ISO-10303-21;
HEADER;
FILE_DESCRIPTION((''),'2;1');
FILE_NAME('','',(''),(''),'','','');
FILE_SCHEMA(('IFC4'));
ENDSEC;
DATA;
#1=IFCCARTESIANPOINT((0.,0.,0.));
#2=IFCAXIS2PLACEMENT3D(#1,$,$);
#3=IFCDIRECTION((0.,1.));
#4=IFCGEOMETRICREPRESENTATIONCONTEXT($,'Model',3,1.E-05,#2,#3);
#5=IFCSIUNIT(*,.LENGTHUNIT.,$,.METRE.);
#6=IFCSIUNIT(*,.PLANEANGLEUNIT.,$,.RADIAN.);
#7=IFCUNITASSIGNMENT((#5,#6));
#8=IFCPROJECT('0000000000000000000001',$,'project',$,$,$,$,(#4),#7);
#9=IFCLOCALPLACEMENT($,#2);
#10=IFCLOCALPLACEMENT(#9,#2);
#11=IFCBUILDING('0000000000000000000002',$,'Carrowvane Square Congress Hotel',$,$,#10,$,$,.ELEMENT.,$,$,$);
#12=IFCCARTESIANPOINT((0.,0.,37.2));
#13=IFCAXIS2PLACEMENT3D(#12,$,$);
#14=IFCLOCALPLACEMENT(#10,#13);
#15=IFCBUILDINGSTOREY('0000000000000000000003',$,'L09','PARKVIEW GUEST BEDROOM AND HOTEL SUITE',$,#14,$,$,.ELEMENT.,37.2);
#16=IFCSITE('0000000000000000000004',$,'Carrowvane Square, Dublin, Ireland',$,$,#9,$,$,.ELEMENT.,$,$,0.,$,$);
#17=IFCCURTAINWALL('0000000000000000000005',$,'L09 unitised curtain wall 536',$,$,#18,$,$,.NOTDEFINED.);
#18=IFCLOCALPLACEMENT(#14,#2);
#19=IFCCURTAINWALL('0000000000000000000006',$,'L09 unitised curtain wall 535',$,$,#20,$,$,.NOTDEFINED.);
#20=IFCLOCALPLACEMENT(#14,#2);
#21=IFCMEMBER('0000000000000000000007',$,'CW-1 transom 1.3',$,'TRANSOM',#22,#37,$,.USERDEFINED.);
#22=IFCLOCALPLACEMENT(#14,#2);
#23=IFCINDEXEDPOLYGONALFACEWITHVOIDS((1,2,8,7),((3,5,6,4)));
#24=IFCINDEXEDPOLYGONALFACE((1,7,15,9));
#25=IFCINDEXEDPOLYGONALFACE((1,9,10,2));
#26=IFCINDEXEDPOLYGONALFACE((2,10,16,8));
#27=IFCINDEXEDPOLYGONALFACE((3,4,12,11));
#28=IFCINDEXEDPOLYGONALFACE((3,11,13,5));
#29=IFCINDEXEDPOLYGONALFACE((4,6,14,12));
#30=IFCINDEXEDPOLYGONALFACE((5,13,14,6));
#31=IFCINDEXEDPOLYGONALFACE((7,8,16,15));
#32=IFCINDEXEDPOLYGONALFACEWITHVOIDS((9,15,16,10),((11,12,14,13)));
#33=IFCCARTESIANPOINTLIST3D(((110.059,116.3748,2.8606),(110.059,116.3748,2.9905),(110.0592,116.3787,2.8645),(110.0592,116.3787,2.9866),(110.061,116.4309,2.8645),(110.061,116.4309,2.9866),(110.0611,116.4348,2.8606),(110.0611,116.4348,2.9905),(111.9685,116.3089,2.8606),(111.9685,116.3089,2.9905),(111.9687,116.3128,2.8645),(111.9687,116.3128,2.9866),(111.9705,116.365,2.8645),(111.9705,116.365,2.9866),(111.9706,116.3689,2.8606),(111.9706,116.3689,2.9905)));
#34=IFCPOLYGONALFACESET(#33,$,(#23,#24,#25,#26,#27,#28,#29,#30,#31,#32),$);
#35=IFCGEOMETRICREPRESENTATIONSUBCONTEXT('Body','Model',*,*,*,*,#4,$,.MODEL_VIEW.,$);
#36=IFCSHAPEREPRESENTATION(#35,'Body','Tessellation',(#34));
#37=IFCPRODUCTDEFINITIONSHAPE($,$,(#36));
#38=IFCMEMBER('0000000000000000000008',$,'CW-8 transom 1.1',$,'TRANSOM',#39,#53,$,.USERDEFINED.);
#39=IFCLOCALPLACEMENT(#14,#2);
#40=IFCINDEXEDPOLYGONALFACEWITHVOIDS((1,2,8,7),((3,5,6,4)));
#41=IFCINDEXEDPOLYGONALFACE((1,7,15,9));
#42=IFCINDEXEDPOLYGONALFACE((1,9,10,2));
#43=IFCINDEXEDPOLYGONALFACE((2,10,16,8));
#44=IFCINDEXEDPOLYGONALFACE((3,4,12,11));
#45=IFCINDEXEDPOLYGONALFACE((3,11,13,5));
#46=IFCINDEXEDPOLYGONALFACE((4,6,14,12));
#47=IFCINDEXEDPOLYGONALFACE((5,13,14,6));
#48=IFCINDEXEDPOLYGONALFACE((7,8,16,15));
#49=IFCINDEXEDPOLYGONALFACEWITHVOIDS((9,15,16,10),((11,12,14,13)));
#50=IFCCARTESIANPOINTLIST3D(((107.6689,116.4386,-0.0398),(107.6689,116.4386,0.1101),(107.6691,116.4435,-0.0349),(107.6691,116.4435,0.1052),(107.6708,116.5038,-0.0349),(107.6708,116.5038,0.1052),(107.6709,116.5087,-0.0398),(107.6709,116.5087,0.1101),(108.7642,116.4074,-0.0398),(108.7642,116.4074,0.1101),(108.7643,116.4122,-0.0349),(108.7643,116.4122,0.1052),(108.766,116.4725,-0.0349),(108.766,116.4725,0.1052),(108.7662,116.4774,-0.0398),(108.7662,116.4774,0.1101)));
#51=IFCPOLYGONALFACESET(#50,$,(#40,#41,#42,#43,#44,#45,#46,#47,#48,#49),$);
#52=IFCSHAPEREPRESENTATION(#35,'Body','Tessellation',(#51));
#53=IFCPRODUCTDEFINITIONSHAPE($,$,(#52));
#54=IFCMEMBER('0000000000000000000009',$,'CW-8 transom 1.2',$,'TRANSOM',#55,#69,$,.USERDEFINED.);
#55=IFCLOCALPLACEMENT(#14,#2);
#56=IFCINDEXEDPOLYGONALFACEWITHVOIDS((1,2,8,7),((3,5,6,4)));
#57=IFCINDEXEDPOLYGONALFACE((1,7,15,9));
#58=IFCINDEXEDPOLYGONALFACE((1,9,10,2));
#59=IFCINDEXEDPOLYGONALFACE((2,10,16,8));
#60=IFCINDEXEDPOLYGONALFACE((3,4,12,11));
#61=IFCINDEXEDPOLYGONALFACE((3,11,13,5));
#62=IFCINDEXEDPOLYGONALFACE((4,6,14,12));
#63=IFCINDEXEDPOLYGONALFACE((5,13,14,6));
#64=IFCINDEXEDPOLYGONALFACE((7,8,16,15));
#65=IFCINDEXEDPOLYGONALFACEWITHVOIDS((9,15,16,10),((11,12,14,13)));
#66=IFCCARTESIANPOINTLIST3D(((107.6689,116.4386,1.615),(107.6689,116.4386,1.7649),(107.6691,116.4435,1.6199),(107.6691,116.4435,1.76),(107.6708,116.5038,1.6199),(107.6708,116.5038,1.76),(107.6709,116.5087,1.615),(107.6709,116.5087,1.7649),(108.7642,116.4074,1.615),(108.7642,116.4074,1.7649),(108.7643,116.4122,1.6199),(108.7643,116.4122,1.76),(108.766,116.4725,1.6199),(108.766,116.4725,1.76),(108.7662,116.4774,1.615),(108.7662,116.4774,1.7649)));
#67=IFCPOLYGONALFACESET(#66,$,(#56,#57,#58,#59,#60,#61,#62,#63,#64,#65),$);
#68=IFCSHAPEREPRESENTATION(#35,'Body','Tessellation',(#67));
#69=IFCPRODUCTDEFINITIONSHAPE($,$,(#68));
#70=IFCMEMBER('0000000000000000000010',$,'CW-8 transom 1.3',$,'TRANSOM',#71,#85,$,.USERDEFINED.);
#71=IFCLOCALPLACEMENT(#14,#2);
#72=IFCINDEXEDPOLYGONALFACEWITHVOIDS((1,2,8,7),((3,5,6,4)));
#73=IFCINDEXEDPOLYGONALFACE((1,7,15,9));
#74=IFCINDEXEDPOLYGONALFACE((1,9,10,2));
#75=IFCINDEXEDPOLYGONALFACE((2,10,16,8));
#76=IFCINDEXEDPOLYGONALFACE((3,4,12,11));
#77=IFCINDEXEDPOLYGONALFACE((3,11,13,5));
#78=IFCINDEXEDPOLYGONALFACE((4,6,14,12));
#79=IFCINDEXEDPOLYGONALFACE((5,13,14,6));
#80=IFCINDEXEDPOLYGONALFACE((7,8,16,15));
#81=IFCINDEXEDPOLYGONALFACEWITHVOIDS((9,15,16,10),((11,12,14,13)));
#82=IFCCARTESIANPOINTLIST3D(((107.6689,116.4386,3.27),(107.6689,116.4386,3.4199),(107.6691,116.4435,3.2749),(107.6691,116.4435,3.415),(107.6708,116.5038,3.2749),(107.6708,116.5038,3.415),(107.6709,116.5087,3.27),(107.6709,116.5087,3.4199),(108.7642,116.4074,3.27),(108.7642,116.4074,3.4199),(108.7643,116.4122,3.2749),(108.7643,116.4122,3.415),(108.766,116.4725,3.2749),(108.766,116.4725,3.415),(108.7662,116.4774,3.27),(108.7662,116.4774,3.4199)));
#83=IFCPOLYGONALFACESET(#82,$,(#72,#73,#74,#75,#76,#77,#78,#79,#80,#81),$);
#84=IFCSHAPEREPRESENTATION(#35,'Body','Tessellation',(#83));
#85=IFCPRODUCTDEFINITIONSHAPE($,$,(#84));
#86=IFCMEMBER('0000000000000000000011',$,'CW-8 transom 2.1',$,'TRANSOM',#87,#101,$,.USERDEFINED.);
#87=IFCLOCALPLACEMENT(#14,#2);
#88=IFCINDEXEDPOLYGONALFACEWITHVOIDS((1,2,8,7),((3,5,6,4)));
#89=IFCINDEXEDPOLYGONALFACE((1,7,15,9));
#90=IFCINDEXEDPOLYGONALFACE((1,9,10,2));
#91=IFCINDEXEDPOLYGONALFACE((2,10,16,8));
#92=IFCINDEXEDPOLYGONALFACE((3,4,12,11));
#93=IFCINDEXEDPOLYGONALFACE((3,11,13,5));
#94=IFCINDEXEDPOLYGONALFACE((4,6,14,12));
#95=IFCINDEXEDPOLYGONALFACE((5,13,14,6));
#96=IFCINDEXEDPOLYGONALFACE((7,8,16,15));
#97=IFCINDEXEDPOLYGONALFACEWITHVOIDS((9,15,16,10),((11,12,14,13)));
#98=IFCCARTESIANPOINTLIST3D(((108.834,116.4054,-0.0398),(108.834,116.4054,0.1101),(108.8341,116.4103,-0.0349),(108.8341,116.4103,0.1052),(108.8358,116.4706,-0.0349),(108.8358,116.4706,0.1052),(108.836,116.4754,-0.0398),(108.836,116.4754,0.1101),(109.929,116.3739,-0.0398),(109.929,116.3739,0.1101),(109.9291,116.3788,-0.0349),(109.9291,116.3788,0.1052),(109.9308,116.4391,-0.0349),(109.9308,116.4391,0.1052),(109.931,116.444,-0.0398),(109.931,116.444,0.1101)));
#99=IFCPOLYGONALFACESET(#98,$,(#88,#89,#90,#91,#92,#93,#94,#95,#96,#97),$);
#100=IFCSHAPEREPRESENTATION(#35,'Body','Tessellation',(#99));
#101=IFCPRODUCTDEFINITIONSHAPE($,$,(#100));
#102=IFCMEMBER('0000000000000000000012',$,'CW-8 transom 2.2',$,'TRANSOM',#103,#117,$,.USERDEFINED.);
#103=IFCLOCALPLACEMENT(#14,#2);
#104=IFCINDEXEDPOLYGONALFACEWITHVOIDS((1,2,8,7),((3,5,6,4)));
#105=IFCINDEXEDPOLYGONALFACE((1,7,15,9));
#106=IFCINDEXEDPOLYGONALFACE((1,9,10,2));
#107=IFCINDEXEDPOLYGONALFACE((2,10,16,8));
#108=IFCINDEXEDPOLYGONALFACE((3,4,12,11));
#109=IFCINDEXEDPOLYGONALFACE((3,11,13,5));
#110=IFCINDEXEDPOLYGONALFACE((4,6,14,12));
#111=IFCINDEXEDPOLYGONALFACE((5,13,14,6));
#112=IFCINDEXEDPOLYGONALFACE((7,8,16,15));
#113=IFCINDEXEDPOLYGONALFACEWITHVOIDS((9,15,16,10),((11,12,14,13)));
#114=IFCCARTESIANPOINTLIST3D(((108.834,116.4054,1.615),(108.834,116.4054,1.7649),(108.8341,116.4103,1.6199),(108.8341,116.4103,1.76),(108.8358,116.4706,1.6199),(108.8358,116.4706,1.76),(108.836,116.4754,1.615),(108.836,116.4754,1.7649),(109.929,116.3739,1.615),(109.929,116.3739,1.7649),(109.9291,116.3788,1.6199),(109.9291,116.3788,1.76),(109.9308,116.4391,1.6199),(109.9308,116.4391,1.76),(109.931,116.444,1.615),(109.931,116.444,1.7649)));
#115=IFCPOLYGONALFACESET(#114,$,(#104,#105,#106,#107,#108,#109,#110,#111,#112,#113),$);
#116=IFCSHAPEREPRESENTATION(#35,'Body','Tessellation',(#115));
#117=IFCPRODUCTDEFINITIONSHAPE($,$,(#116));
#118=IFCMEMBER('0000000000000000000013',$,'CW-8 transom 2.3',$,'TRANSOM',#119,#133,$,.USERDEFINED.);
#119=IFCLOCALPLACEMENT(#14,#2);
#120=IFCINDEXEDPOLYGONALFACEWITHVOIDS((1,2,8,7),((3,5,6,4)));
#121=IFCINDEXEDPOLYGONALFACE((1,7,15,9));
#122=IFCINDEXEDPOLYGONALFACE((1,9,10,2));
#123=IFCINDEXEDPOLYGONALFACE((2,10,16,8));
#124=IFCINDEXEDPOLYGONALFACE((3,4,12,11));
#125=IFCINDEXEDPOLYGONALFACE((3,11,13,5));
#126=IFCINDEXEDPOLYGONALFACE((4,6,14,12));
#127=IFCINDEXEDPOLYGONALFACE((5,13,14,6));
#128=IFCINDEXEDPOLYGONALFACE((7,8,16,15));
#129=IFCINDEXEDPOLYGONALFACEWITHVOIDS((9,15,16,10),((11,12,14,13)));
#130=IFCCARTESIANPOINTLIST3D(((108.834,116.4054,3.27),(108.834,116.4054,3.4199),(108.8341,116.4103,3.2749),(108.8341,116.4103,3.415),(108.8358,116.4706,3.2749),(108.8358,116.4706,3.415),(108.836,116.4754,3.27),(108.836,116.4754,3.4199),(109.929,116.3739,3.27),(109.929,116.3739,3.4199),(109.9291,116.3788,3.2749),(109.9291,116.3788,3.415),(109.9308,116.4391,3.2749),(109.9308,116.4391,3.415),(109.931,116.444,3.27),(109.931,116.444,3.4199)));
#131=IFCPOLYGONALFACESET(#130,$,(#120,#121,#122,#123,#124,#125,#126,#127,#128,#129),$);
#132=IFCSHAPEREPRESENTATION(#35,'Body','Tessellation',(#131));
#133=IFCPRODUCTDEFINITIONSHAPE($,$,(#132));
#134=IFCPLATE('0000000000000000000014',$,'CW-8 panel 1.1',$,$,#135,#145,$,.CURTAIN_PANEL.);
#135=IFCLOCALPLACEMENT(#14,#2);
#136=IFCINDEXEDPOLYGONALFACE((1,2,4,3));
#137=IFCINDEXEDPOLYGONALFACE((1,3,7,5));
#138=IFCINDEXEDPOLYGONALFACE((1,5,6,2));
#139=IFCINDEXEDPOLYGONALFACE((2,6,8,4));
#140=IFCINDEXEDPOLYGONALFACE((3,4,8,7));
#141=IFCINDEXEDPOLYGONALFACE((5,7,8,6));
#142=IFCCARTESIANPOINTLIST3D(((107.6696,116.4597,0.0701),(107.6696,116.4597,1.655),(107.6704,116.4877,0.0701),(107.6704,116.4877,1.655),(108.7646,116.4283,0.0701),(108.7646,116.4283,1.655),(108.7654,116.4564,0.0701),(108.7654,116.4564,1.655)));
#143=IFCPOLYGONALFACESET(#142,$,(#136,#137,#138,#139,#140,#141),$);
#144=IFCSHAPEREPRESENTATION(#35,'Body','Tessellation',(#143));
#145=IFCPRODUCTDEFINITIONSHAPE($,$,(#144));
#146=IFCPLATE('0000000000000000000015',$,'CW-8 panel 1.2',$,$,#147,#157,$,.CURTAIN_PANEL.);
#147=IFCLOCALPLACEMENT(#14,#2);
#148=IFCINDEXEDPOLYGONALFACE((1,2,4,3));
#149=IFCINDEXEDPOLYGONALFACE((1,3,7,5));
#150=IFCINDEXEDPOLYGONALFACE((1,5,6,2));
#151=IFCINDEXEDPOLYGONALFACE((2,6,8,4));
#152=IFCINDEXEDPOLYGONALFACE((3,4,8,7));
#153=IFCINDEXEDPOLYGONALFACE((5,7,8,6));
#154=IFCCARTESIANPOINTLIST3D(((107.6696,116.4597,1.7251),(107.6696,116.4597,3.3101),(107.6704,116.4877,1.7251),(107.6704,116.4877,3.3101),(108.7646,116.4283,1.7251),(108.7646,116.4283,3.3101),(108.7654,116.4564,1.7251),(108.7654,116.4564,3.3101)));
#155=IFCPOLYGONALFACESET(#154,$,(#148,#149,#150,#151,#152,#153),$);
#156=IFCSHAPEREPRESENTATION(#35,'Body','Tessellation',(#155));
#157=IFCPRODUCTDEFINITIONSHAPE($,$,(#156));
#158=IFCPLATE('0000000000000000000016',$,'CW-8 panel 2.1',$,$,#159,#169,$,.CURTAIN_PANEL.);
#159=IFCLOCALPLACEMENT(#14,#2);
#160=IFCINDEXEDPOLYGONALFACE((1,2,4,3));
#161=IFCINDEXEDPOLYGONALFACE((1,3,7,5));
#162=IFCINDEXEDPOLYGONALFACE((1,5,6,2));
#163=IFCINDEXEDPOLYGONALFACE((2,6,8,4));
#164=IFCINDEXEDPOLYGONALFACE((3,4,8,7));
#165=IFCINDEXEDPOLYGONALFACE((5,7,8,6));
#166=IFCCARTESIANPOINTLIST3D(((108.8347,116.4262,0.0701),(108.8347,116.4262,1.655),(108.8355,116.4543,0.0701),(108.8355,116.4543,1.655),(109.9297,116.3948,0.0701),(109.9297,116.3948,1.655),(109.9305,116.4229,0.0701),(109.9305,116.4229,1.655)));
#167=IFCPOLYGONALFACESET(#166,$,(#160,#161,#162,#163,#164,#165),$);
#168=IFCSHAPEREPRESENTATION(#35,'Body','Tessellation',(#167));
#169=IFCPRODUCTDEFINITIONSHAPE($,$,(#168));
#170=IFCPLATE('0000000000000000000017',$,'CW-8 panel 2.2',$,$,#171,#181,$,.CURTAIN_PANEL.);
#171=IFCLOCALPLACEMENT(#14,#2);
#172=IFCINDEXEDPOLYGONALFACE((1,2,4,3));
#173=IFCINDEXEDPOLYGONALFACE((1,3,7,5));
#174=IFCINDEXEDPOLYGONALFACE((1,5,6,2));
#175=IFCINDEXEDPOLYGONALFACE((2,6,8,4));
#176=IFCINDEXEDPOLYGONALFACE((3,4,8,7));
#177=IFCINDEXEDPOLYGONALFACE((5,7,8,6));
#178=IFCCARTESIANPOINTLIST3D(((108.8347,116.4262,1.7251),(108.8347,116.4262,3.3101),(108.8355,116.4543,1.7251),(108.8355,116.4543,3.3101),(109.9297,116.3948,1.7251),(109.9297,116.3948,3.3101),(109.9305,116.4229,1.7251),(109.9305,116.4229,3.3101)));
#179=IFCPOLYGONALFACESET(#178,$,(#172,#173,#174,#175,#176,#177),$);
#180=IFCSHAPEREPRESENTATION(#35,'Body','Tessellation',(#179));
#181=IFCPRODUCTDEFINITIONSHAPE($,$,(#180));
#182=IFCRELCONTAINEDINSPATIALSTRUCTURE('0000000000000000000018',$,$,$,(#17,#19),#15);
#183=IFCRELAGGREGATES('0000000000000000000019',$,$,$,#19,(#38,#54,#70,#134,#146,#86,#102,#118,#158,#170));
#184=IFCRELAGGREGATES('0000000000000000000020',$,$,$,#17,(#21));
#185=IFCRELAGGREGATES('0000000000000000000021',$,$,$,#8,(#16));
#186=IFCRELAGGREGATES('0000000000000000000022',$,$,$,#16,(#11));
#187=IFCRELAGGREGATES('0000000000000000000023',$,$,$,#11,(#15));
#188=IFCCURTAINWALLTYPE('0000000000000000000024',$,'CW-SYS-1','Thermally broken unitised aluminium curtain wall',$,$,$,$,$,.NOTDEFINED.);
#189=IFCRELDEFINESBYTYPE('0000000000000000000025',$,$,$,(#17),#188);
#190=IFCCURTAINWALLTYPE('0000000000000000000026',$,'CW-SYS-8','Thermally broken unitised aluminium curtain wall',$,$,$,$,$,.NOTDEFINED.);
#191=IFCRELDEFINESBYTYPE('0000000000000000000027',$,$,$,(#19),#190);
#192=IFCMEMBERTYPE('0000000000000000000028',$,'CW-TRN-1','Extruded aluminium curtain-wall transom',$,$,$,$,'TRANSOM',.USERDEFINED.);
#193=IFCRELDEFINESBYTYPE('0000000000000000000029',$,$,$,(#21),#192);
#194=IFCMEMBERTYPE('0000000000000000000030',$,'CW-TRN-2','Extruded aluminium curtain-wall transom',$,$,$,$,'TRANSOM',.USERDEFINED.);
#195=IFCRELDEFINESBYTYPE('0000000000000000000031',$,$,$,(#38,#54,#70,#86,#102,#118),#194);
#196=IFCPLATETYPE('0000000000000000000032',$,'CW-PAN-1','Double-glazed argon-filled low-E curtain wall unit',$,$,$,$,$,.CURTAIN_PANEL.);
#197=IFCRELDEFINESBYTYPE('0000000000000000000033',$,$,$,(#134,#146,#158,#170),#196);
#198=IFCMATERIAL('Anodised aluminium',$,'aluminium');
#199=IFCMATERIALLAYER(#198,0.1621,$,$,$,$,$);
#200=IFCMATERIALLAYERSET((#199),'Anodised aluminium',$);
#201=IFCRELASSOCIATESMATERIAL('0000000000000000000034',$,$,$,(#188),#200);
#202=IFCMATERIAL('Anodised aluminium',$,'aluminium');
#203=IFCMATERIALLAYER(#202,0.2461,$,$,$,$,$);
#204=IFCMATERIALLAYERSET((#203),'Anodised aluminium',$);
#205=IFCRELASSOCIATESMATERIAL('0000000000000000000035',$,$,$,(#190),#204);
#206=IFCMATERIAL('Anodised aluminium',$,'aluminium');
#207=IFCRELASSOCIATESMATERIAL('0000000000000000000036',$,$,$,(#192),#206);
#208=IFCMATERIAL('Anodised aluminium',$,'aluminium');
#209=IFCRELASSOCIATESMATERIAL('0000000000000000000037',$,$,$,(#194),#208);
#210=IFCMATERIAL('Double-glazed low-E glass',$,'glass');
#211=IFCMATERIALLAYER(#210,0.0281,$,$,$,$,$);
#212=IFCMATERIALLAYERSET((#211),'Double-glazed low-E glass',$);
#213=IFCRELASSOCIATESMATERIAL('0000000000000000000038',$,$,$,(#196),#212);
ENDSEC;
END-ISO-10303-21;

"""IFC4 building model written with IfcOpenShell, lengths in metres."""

from ifc_helpers import new_model, si_unit, direction, frame, origin, origin_2d, place, context, subcontext, project, spatial, rectangle, hollow_rectangle, extrude, material, layer, layer_set, material_profile, profile_set, type_object, element, aggregate, save


model = new_model("IFC4")

# Units and contexts
model_context = context("Model", 3, precision=1e-05, world=origin(), true_north=direction((0.0, 1.0)))
body_context = subcontext(model_context, "Body", "Model", "MODEL_VIEW")
ifc_project = project(units=[si_unit("LENGTHUNIT", "METRE"), si_unit("PLANEANGLEUNIT", "RADIAN")], contexts=[model_context])

# Site, building, storey
site_placement = place(None, origin())
site = spatial("IfcSite", under=ifc_project, at=site_placement, Name="Carrowvane Square, Dublin, Ireland", CompositionType="ELEMENT", RefElevation=0.0)
building_placement = place(site_placement, origin())
building = spatial("IfcBuilding", under=site, at=building_placement, Name="Carrowvane Square Congress Hotel", CompositionType="ELEMENT")
storey_placement = place(building_placement, frame((0.0, 0.0, 37.2)))
storey = spatial("IfcBuildingStorey", under=building, at=storey_placement, Name="L09", Description="PARKVIEW GUEST BEDROOM AND HOTEL SUITE", CompositionType="ELEMENT", Elevation=37.2)

# Curtain walls
ifc_material_1 = material(Name="Anodised aluminium", Category="aluminium")
ifc_layer_1 = layer(ifc_material_1, 0.1621)
ifc_layer_set_1 = layer_set([ifc_layer_1], Name="Anodised aluminium")
curtain_wall_type_1 = type_object("IfcCurtainWallType", Name="CW-SYS-1", Description="Thermally broken unitised aluminium curtain wall", PredefinedType="NOTDEFINED", material=ifc_layer_set_1)
curtain_wall_1_placement = place(storey_placement, origin())
curtain_wall_1 = element("IfcCurtainWall", 1, at=curtain_wall_1_placement, inside=storey, type_object=curtain_wall_type_1, Name="L09 unitised curtain wall 536", PredefinedType="NOTDEFINED")
ifc_material_2 = material(Name="Anodised aluminium", Category="aluminium")
ifc_layer_2 = layer(ifc_material_2, 0.2461)
ifc_layer_set_2 = layer_set([ifc_layer_2], Name="Anodised aluminium")
curtain_wall_type_2 = type_object("IfcCurtainWallType", Name="CW-SYS-8", Description="Thermally broken unitised aluminium curtain wall", PredefinedType="NOTDEFINED", material=ifc_layer_set_2)
curtain_wall_2_placement = place(storey_placement, origin())
curtain_wall_2 = element("IfcCurtainWall", 2, at=curtain_wall_2_placement, inside=storey, type_object=curtain_wall_type_2, Name="L09 unitised curtain wall 535", PredefinedType="NOTDEFINED")

# Members
ifc_material_3 = material(Name="Anodised aluminium", Category="aluminium")
ifc_material_profile_1 = material_profile(ifc_material_3, hollow_rectangle(XDim=0.0601, YDim=0.1299, WallThickness=0.0039, at=origin_2d()), Name="CW-TR 60x130x4")
ifc_profile_set_1 = profile_set([ifc_material_profile_1], Name="Anodised aluminium")
member_type_1 = type_object("IfcMemberType", Name="CW-TRN-1", Description="Extruded aluminium curtain-wall transom", ElementType="TRANSOM", PredefinedType="USERDEFINED", material=ifc_profile_set_1)
member_1_placement = place(storey_placement, frame((110.0601, 116.4048, 2.9255), z_axis=(0.999405, -0.034502, 0.0), x_axis=(0.034502, 0.999405, 0.0)))
member_1 = element("IfcMember", 3, at=member_1_placement, type_object=member_type_1, Name="CW-1 transom 1.3", ObjectType="TRANSOM", PredefinedType="USERDEFINED", context=body_context, shape_type="SweptSolid", body=[
    extrude(hollow_rectangle(XDim=0.0601, YDim=0.1299, WallThickness=0.0039, at=origin_2d()), origin(), (0.0, 0.0, 1.0), 1.9106),
])
ifc_material_4 = material(Name="Anodised aluminium", Category="aluminium")
ifc_material_profile_2 = material_profile(ifc_material_4, hollow_rectangle(XDim=0.0701, YDim=0.1499, WallThickness=0.0049, at=origin_2d()), Name="CW-TR 70x150x5")
ifc_profile_set_2 = profile_set([ifc_material_profile_2], Name="Anodised aluminium")
member_type_2 = type_object("IfcMemberType", Name="CW-TRN-2", Description="Extruded aluminium curtain-wall transom", ElementType="TRANSOM", PredefinedType="USERDEFINED", material=ifc_profile_set_2)
member_2_placement = place(storey_placement, frame((107.6699, 116.4736, 0.0352), z_axis=(0.999593, -0.028522, 0.0), x_axis=(0.028522, 0.999593, 0.0)))
member_2 = element("IfcMember", 4, at=member_2_placement, type_object=member_type_2, Name="CW-8 transom 1.1", ObjectType="TRANSOM", PredefinedType="USERDEFINED", context=body_context, shape_type="SweptSolid", body=[
    extrude(hollow_rectangle(XDim=0.0701, YDim=0.1499, WallThickness=0.0049, at=origin_2d()), origin(), (0.0, 0.0, 1.0), 1.0957),
])
member_3_placement = place(storey_placement, frame((107.6699, 116.4736, 1.6899), z_axis=(0.999593, -0.028522, 0.0), x_axis=(0.028522, 0.999593, 0.0)))
member_3 = element("IfcMember", 5, at=member_3_placement, type_object=member_type_2, Name="CW-8 transom 1.2", ObjectType="TRANSOM", PredefinedType="USERDEFINED", context=body_context, shape_type="SweptSolid", body=[
    extrude(hollow_rectangle(XDim=0.0701, YDim=0.1499, WallThickness=0.0049, at=origin_2d()), origin(), (0.0, 0.0, 1.0), 1.0957),
])
member_4_placement = place(storey_placement, frame((107.6699, 116.4736, 3.345), z_axis=(0.999593, -0.028522, 0.0), x_axis=(0.028522, 0.999593, 0.0)))
member_4 = element("IfcMember", 6, at=member_4_placement, type_object=member_type_2, Name="CW-8 transom 1.3", ObjectType="TRANSOM", PredefinedType="USERDEFINED", context=body_context, shape_type="SweptSolid", body=[
    extrude(hollow_rectangle(XDim=0.0701, YDim=0.1499, WallThickness=0.0049, at=origin_2d()), origin(), (0.0, 0.0, 1.0), 1.0957),
])
member_5_placement = place(storey_placement, frame((108.835, 116.4404, 0.0352), z_axis=(0.999587, -0.028751, 0.0), x_axis=(0.028751, 0.999587, 0.0)))
member_5 = element("IfcMember", 7, at=member_5_placement, type_object=member_type_2, Name="CW-8 transom 2.1", ObjectType="TRANSOM", PredefinedType="USERDEFINED", context=body_context, shape_type="SweptSolid", body=[
    extrude(hollow_rectangle(XDim=0.0701, YDim=0.1499, WallThickness=0.0049, at=origin_2d()), origin(), (0.0, 0.0, 1.0), 1.0955),
])
member_6_placement = place(storey_placement, frame((108.835, 116.4404, 1.6899), z_axis=(0.999587, -0.028751, 0.0), x_axis=(0.028751, 0.999587, 0.0)))
member_6 = element("IfcMember", 8, at=member_6_placement, type_object=member_type_2, Name="CW-8 transom 2.2", ObjectType="TRANSOM", PredefinedType="USERDEFINED", context=body_context, shape_type="SweptSolid", body=[
    extrude(hollow_rectangle(XDim=0.0701, YDim=0.1499, WallThickness=0.0049, at=origin_2d()), origin(), (0.0, 0.0, 1.0), 1.0955),
])
member_7_placement = place(storey_placement, frame((108.835, 116.4404, 3.345), z_axis=(0.999587, -0.028751, 0.0), x_axis=(0.028751, 0.999587, 0.0)))
member_7 = element("IfcMember", 9, at=member_7_placement, type_object=member_type_2, Name="CW-8 transom 2.3", ObjectType="TRANSOM", PredefinedType="USERDEFINED", context=body_context, shape_type="SweptSolid", body=[
    extrude(hollow_rectangle(XDim=0.0701, YDim=0.1499, WallThickness=0.0049, at=origin_2d()), origin(), (0.0, 0.0, 1.0), 1.0955),
])

# Plates
ifc_material_5 = material(Name="Double-glazed low-E glass", Category="glass")
ifc_layer_3 = layer(ifc_material_5, 0.0281)
ifc_layer_set_3 = layer_set([ifc_layer_3], Name="Double-glazed low-E glass")
plate_type_1 = type_object("IfcPlateType", Name="CW-PAN-1", Description="Double-glazed argon-filled low-E curtain wall unit", PredefinedType="CURTAIN_PANEL", material=ifc_layer_set_3)
plate_1_placement = place(storey_placement, frame((108.2175, 116.458, 0.0701), z_axis=(0.0, 0.0, 1.0), x_axis=(0.99959, -0.028638, 0.0)))
plate_1 = element("IfcPlate", 10, at=plate_1_placement, type_object=plate_type_1, Name="CW-8 panel 1.1", PredefinedType="CURTAIN_PANEL", context=body_context, shape_type="SweptSolid", body=[
    extrude(rectangle(XDim=1.0955, YDim=0.0281, at=origin_2d()), origin(), (0.0, 0.0, 1.0), 1.585),
])
plate_2_placement = place(storey_placement, frame((108.2175, 116.458, 1.7251), z_axis=(0.0, 0.0, 1.0), x_axis=(0.99959, -0.028638, 0.0)))
plate_2 = element("IfcPlate", 11, at=plate_2_placement, type_object=plate_type_1, Name="CW-8 panel 1.2", PredefinedType="CURTAIN_PANEL", context=body_context, shape_type="SweptSolid", body=[
    extrude(rectangle(XDim=1.0955, YDim=0.0281, at=origin_2d()), origin(), (0.0, 0.0, 1.0), 1.585),
])
plate_3_placement = place(storey_placement, frame((109.3826, 116.4246, 0.0701), z_axis=(0.0, 0.0, 1.0), x_axis=(0.99959, -0.028638, 0.0)))
plate_3 = element("IfcPlate", 12, at=plate_3_placement, type_object=plate_type_1, Name="CW-8 panel 2.1", PredefinedType="CURTAIN_PANEL", context=body_context, shape_type="SweptSolid", body=[
    extrude(rectangle(XDim=1.0955, YDim=0.0281, at=origin_2d()), origin(), (0.0, 0.0, 1.0), 1.585),
])
plate_4_placement = place(storey_placement, frame((109.3826, 116.4246, 1.7251), z_axis=(0.0, 0.0, 1.0), x_axis=(0.99959, -0.028638, 0.0)))
plate_4 = element("IfcPlate", 13, at=plate_4_placement, type_object=plate_type_1, Name="CW-8 panel 2.2", PredefinedType="CURTAIN_PANEL", context=body_context, shape_type="SweptSolid", body=[
    extrude(rectangle(XDim=1.0955, YDim=0.0281, at=origin_2d()), origin(), (0.0, 0.0, 1.0), 1.585),
])
aggregate(curtain_wall_2, [member_2, member_3, member_4, plate_1, plate_2, member_5, member_6, member_7, plate_3, plate_4])
aggregate(curtain_wall_1, [member_1])

save(model, "model.ifc")
